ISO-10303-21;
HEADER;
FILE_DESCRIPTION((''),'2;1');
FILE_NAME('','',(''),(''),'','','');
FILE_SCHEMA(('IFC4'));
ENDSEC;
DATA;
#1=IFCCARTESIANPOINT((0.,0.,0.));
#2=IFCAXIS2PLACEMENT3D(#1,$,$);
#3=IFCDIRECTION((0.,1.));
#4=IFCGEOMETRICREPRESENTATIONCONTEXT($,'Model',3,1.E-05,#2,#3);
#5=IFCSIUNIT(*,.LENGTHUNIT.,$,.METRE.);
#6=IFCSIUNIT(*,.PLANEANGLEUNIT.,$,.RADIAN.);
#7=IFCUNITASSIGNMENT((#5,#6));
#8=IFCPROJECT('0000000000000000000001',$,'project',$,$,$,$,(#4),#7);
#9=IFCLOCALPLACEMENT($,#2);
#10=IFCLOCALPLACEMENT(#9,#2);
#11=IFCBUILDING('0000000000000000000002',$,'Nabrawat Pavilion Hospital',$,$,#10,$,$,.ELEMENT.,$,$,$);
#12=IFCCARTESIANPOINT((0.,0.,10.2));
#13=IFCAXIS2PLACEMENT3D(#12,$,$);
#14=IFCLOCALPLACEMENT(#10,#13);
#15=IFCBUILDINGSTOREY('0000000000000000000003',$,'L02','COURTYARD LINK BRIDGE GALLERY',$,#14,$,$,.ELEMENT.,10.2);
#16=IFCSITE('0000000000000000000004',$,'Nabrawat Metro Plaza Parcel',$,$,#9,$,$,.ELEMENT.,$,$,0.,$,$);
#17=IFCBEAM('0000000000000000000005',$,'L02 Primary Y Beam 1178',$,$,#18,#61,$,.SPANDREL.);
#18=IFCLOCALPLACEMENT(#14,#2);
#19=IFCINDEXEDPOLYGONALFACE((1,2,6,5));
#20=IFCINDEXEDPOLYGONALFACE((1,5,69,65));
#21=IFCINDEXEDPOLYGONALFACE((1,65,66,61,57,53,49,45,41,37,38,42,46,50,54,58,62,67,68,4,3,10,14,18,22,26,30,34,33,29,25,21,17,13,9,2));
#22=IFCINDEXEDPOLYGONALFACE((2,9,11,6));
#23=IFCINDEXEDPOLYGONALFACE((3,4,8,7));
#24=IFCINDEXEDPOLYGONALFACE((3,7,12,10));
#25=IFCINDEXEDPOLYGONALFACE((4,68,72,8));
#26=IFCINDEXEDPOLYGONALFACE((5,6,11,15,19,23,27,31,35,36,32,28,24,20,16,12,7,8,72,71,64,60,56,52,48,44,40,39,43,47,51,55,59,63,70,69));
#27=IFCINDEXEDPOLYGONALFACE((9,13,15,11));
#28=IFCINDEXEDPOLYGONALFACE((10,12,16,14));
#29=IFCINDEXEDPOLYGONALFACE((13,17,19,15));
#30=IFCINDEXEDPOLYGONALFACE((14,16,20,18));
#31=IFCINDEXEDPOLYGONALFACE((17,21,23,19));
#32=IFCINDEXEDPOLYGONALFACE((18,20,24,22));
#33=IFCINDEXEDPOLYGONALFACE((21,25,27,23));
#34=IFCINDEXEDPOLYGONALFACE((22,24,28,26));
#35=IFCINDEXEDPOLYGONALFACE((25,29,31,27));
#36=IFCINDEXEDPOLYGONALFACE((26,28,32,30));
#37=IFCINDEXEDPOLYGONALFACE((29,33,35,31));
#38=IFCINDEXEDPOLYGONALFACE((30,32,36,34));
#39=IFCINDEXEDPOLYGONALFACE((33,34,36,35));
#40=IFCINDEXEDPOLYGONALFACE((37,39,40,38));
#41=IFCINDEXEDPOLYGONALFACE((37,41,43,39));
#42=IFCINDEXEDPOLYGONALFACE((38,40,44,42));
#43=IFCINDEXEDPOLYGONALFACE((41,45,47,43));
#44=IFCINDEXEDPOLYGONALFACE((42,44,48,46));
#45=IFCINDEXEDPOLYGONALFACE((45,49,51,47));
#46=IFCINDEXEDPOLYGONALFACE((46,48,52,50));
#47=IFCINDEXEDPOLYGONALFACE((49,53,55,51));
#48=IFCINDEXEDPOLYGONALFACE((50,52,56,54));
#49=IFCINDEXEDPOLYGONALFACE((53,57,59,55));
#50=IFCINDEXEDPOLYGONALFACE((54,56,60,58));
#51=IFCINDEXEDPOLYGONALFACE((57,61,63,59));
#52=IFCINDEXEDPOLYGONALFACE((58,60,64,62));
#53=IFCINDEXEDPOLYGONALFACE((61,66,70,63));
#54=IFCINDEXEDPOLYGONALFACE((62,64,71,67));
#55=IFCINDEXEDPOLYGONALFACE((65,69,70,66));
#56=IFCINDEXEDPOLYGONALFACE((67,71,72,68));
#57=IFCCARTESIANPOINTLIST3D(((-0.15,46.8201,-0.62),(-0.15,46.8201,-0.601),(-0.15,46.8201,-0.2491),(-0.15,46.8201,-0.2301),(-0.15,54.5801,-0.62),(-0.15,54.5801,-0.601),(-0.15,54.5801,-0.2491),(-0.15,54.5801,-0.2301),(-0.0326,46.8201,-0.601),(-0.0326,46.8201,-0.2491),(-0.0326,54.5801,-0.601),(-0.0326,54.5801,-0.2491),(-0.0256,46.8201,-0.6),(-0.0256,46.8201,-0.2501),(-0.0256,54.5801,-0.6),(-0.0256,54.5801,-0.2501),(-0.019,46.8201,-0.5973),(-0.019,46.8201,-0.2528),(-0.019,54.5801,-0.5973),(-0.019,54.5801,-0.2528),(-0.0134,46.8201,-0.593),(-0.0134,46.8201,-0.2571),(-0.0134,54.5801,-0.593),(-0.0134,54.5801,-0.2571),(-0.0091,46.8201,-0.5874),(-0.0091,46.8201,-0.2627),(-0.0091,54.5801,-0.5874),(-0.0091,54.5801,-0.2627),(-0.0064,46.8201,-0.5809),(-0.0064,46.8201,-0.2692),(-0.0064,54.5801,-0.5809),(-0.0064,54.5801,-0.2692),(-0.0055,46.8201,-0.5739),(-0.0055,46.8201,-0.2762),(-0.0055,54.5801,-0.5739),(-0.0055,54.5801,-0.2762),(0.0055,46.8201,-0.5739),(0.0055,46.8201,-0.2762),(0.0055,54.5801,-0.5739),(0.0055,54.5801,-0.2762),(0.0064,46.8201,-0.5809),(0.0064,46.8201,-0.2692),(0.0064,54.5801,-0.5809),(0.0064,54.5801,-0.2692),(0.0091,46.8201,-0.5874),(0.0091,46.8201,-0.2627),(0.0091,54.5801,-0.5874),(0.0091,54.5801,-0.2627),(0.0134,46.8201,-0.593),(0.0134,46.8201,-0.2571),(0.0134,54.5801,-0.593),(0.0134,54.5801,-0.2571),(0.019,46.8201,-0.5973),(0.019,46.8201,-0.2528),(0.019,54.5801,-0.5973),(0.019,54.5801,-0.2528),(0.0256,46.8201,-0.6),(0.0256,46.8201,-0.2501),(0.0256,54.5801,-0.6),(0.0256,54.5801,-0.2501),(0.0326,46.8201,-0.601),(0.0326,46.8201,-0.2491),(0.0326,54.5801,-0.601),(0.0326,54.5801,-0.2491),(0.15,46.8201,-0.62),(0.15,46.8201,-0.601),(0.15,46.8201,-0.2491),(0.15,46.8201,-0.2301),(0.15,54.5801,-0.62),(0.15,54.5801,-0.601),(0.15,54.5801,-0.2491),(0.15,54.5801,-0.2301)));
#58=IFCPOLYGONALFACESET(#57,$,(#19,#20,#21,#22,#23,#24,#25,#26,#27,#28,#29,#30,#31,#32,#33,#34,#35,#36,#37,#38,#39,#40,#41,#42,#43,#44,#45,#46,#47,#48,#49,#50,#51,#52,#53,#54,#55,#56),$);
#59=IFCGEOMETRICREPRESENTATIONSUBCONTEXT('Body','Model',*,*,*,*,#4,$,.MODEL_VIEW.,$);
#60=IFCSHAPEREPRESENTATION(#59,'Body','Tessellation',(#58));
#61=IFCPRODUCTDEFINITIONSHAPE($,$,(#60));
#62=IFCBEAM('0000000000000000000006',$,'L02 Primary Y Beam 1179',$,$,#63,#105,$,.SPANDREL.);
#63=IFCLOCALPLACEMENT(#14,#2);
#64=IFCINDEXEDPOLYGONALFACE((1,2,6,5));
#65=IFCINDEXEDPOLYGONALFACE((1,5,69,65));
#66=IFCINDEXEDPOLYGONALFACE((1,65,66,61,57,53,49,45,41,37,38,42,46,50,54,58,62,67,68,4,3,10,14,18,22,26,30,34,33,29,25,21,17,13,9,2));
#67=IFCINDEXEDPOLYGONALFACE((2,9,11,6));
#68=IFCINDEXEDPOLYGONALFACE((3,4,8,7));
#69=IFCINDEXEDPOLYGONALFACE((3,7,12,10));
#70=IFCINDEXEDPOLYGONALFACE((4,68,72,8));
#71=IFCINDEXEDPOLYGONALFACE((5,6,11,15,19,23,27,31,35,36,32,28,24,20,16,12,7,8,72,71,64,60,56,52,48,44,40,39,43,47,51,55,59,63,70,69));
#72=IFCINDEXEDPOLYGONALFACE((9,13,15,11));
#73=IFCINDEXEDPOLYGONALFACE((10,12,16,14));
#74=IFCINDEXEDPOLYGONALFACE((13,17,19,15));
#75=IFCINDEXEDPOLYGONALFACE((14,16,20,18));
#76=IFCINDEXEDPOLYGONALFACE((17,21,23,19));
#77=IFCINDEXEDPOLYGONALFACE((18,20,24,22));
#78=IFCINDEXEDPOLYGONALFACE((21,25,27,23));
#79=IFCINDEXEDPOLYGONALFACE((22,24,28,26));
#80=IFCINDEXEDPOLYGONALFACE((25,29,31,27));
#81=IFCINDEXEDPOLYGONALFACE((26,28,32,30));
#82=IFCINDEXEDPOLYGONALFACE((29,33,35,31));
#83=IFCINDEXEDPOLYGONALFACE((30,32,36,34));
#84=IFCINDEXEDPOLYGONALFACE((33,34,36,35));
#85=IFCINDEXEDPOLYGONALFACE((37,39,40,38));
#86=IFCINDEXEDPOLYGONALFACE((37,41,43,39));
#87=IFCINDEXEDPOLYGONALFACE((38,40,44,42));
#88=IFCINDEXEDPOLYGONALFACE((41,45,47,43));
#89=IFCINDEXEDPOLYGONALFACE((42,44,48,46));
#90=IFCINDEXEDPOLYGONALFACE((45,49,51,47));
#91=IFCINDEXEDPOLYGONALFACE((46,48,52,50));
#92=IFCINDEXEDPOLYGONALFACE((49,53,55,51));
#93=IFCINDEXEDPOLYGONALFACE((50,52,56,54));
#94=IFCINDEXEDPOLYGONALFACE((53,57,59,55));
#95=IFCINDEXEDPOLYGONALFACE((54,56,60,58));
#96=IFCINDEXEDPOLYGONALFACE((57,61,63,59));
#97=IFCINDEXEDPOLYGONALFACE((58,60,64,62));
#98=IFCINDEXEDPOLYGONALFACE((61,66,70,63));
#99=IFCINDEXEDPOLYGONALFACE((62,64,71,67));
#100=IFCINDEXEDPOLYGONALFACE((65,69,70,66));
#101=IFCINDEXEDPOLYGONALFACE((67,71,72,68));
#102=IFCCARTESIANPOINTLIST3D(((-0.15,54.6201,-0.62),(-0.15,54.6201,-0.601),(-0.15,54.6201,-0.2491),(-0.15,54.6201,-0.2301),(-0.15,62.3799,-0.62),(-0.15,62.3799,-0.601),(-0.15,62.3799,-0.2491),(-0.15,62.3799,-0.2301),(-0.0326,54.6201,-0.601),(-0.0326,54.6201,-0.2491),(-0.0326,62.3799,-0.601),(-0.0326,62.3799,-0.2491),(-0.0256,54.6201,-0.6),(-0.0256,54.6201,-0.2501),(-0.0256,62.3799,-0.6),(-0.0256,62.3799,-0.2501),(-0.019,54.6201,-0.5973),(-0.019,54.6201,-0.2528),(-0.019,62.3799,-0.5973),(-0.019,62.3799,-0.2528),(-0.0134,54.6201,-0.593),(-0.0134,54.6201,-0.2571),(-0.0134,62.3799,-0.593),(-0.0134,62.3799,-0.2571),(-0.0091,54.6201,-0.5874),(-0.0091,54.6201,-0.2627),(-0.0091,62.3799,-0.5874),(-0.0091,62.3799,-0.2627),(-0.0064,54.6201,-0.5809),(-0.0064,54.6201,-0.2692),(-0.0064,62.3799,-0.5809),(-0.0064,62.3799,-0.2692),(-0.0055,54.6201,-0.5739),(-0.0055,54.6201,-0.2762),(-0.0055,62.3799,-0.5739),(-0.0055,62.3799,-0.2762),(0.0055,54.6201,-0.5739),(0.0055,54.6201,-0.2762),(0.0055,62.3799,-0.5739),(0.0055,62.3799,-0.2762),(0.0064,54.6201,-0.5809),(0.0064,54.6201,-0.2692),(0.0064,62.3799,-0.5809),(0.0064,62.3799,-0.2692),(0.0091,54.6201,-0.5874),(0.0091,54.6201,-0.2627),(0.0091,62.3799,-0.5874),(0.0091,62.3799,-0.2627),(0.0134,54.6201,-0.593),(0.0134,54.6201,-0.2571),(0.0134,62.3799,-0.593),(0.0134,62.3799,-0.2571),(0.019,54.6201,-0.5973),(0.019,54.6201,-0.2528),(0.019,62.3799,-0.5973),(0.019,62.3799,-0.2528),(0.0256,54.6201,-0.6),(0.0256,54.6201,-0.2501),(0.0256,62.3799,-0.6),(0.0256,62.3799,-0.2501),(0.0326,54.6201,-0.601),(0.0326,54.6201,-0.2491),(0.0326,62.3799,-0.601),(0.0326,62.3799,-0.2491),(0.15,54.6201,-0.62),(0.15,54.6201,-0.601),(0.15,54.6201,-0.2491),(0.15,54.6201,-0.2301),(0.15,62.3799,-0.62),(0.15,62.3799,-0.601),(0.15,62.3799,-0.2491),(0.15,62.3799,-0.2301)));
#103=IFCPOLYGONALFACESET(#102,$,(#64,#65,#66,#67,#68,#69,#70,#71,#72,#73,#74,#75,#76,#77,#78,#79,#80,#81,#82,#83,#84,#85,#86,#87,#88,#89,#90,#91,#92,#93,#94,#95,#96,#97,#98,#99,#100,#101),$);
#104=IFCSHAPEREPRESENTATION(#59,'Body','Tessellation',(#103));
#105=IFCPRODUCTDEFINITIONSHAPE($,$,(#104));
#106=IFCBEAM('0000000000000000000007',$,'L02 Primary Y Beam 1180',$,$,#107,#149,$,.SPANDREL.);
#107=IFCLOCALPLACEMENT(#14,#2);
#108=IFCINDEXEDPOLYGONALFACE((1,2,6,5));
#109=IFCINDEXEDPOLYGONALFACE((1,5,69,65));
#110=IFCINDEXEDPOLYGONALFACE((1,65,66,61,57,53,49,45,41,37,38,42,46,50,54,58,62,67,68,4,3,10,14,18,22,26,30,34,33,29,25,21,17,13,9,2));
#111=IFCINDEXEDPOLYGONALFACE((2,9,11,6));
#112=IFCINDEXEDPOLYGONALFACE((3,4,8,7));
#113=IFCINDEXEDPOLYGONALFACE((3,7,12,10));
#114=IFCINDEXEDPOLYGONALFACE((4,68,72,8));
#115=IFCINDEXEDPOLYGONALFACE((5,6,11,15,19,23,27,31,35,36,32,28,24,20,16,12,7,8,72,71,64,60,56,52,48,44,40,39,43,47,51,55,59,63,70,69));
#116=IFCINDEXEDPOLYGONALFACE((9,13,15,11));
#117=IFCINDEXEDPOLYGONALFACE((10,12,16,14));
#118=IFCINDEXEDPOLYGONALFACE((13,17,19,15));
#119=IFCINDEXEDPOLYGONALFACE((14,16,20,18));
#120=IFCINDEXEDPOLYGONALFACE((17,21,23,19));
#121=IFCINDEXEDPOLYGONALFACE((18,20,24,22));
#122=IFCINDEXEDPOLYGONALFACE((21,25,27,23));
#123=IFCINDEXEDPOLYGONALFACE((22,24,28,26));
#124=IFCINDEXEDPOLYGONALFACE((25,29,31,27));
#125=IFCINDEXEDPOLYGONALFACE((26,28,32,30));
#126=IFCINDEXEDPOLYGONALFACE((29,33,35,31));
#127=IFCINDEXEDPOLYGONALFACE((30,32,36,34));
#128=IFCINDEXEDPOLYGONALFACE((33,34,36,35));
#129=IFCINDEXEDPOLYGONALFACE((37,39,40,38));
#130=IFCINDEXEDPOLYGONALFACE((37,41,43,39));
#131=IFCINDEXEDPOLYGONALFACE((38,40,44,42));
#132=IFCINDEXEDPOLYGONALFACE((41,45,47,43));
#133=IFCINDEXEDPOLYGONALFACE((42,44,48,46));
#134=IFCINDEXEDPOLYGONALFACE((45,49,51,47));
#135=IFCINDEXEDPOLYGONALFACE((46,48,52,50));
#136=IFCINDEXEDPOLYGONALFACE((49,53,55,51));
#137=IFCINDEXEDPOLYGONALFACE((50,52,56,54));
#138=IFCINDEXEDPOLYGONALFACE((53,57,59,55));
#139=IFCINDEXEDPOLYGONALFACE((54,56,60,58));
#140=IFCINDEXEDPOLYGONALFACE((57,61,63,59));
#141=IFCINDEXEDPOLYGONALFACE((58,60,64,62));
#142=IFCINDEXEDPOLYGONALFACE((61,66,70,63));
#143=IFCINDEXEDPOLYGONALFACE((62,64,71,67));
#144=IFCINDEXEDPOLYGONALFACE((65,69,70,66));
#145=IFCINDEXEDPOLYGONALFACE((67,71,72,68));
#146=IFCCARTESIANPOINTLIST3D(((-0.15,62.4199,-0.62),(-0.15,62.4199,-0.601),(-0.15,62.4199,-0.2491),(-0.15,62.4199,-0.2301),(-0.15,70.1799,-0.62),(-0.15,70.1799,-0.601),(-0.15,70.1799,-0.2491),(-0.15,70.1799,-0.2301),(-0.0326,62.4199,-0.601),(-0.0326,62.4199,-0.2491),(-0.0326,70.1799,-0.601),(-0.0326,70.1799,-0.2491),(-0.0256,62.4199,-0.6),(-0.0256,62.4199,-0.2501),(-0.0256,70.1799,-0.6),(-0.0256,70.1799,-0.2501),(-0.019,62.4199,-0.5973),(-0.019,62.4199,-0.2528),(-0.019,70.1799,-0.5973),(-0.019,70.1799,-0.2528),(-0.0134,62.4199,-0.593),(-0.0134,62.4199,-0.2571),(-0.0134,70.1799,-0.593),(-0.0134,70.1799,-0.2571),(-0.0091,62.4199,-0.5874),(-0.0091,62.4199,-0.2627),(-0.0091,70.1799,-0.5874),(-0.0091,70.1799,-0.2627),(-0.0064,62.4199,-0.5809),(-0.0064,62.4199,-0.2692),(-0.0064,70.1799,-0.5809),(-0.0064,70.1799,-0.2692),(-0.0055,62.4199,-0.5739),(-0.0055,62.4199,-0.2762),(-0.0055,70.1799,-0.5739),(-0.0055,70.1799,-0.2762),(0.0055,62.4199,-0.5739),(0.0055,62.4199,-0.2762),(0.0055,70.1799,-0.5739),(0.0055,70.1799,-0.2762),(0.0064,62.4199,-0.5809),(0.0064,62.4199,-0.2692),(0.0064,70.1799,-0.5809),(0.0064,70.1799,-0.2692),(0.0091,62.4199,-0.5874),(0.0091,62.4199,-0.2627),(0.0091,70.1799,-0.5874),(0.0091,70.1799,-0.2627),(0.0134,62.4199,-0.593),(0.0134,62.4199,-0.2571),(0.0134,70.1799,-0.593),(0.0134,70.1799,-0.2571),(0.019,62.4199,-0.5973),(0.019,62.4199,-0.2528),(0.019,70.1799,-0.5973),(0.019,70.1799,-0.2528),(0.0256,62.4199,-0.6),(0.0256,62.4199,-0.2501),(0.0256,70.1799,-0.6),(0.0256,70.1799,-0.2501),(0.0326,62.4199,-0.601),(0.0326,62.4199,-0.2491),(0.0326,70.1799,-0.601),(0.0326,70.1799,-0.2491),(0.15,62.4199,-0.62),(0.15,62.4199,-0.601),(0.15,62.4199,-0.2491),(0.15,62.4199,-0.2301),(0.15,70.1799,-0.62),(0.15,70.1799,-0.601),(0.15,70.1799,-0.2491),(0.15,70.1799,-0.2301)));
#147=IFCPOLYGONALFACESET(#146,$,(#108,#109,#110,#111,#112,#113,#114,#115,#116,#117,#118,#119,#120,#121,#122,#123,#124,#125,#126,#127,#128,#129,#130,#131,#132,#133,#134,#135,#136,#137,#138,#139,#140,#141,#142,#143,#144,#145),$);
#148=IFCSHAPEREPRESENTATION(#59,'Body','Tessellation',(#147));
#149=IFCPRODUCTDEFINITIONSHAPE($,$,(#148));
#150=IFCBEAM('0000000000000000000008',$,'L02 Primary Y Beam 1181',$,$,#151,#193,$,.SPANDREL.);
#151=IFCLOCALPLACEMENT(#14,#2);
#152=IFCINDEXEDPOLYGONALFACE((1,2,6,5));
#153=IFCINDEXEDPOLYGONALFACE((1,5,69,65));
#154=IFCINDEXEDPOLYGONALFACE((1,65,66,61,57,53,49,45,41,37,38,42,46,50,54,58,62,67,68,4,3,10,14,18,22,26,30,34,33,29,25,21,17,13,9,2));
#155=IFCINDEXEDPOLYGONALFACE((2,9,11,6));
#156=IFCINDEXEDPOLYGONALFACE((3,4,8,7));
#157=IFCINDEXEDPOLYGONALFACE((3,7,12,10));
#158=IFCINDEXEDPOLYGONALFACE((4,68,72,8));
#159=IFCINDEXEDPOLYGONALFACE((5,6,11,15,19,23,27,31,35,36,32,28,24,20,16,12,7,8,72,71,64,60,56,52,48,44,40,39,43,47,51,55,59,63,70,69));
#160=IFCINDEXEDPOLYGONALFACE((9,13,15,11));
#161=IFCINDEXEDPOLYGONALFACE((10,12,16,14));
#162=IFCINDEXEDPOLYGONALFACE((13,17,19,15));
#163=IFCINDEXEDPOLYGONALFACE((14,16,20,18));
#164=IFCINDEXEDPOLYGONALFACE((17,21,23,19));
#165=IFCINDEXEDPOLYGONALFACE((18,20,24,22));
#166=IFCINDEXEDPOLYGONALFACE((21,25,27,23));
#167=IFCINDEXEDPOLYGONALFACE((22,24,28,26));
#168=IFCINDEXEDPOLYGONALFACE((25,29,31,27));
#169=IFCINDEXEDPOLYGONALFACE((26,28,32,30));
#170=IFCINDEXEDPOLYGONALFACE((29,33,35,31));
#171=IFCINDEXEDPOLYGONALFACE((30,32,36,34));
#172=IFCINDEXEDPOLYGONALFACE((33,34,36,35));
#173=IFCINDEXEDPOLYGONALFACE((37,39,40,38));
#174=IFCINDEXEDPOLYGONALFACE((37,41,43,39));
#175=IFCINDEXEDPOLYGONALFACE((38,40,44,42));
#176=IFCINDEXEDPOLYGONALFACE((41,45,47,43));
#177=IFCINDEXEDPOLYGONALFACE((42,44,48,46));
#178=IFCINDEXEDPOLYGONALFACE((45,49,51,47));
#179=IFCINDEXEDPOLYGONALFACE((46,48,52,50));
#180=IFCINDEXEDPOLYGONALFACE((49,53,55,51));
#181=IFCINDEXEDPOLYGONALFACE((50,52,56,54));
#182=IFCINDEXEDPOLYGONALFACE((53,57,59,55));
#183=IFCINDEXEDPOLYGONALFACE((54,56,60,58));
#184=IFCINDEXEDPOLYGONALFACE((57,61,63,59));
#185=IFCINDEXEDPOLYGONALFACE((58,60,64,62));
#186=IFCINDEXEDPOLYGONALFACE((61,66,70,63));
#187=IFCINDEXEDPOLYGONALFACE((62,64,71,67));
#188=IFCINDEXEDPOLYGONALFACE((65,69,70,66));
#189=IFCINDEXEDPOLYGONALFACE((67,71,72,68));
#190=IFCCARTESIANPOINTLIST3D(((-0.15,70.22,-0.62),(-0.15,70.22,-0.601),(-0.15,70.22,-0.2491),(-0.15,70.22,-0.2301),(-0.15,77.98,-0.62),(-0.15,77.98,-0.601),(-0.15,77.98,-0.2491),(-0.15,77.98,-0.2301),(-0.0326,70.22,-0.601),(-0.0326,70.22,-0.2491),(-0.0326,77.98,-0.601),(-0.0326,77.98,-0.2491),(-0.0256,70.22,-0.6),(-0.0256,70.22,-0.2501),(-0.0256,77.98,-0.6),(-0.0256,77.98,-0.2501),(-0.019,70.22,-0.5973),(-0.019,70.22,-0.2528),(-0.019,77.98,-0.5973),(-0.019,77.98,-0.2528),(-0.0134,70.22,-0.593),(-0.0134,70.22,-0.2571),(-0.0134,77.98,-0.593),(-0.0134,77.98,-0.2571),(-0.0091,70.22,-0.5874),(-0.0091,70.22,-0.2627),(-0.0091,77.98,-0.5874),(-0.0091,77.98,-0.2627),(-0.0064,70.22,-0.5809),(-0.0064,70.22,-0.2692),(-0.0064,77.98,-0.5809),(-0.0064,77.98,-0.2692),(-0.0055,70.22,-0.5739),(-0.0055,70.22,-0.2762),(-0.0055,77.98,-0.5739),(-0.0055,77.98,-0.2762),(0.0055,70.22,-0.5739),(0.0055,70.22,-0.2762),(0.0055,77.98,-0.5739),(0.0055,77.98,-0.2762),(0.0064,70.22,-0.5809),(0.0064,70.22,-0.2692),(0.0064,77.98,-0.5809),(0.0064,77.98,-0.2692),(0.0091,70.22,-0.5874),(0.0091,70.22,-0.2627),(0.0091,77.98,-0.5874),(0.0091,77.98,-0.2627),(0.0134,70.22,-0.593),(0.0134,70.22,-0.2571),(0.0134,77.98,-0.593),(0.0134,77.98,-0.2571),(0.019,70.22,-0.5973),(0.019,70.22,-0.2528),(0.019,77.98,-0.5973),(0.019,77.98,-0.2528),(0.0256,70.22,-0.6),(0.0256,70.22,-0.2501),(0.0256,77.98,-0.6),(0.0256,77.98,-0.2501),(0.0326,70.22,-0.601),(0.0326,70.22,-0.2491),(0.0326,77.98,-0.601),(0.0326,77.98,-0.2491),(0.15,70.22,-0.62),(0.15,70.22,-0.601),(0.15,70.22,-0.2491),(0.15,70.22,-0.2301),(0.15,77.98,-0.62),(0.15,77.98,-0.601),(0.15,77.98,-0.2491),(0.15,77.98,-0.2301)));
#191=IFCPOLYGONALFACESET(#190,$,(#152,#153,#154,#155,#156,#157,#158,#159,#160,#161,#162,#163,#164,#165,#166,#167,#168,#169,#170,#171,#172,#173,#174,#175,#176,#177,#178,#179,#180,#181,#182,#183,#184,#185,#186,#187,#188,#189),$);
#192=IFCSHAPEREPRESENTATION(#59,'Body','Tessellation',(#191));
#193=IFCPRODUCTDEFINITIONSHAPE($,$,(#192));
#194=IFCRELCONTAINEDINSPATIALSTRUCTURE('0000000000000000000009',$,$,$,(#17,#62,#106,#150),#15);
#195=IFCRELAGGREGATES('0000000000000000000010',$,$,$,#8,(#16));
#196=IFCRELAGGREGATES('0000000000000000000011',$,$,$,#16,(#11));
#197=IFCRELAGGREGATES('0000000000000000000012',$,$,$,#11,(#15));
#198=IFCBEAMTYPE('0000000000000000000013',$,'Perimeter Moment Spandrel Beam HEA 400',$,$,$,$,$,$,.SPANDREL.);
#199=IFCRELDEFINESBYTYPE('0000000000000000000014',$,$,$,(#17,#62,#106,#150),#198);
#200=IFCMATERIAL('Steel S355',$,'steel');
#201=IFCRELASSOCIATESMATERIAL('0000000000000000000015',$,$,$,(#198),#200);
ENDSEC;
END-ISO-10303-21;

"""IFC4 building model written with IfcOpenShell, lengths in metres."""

from ifc_helpers import new_model, si_unit, direction, frame, origin, origin_2d, place, context, subcontext, project, spatial, i_section, extrude, material, material_profile, profile_set, type_object, element, save


model = new_model("IFC4")

# Units and contexts
model_context = context("Model", 3, precision=1e-05, world=origin(), true_north=direction((0.0, 1.0)))
body_context = subcontext(model_context, "Body", "Model", "MODEL_VIEW")
ifc_project = project(units=[si_unit("LENGTHUNIT", "METRE"), si_unit("PLANEANGLEUNIT", "RADIAN")], contexts=[model_context])

# Site, building, storey
site_placement = place(None, origin())
site = spatial("IfcSite", under=ifc_project, at=site_placement, Name="Nabrawat Metro Plaza Parcel", CompositionType="ELEMENT", RefElevation=0.0)
building_placement = place(site_placement, origin())
building = spatial("IfcBuilding", under=site, at=building_placement, Name="Nabrawat Pavilion Hospital", CompositionType="ELEMENT")
storey_placement = place(building_placement, frame((0.0, 0.0, 10.2)))
storey = spatial("IfcBuildingStorey", under=building, at=storey_placement, Name="L02", Description="COURTYARD LINK BRIDGE GALLERY", CompositionType="ELEMENT", Elevation=10.2)

# Shared definitions
ifc_material = material(Name="Steel S355", Category="steel")

# Beams
ifc_material_profile_1 = material_profile(ifc_material, i_section(OverallWidth=0.3, OverallDepth=0.3899, WebThickness=0.011, FlangeThickness=0.019, FilletRadius=0.0271, at=origin_2d()), Name="HEA 400")
ifc_profile_set_1 = profile_set([ifc_material_profile_1], Name="Steel S355")
beam_type_1 = type_object("IfcBeamType", Name="Perimeter Moment Spandrel Beam HEA 400", PredefinedType="SPANDREL", material=ifc_profile_set_1)
beam_1_placement = place(storey_placement, frame((0.0, 46.8201, -0.425), z_axis=(0.0, 1.0, 0.0), x_axis=(-1.0, 0.0, 0.0)))
element("IfcBeam", 1, at=beam_1_placement, inside=storey, type_object=beam_type_1, Name="L02 Primary Y Beam 1178", PredefinedType="SPANDREL", context=body_context, shape_type="SweptSolid", body=[
    extrude(i_section(OverallWidth=0.3, OverallDepth=0.3899, WebThickness=0.011, FlangeThickness=0.019, FilletRadius=0.0271, at=origin_2d()), origin(), (0.0, 0.0, 1.0), 7.76),
])
beam_2_placement = place(storey_placement, frame((0.0, 54.6201, -0.425), z_axis=(0.0, 1.0, 0.0), x_axis=(-1.0, 0.0, 0.0)))
element("IfcBeam", 2, at=beam_2_placement, inside=storey, type_object=beam_type_1, Name="L02 Primary Y Beam 1179", PredefinedType="SPANDREL", context=body_context, shape_type="SweptSolid", body=[
    extrude(i_section(OverallWidth=0.3, OverallDepth=0.3899, WebThickness=0.011, FlangeThickness=0.019, FilletRadius=0.0271, at=origin_2d()), origin(), (0.0, 0.0, 1.0), 7.7598),
])
for number, where, z_axis, x_axis, name in (
    (3, (0.0, 62.4199, -0.425), (0.0, 1.0, 0.0), (-1.0, 0.0, 0.0), "L02 Primary Y Beam 1180"),
    (4, (0.0, 70.22, -0.425), (0.0, 1.0, 0.0), (-1.0, 0.0, 0.0), "L02 Primary Y Beam 1181"),
):
    element("IfcBeam", number, at=place(storey_placement, frame(where, z_axis=z_axis, x_axis=x_axis)), inside=storey, type_object=beam_type_1, Name=name, PredefinedType="SPANDREL", context=body_context, shape_type="SweptSolid", body=[
        extrude(i_section(OverallWidth=0.3, OverallDepth=0.3899, WebThickness=0.011, FlangeThickness=0.019, FilletRadius=0.0271, at=origin_2d()), origin(), (0.0, 0.0, 1.0), 7.76),
    ])

save(model, "model.ifc")
